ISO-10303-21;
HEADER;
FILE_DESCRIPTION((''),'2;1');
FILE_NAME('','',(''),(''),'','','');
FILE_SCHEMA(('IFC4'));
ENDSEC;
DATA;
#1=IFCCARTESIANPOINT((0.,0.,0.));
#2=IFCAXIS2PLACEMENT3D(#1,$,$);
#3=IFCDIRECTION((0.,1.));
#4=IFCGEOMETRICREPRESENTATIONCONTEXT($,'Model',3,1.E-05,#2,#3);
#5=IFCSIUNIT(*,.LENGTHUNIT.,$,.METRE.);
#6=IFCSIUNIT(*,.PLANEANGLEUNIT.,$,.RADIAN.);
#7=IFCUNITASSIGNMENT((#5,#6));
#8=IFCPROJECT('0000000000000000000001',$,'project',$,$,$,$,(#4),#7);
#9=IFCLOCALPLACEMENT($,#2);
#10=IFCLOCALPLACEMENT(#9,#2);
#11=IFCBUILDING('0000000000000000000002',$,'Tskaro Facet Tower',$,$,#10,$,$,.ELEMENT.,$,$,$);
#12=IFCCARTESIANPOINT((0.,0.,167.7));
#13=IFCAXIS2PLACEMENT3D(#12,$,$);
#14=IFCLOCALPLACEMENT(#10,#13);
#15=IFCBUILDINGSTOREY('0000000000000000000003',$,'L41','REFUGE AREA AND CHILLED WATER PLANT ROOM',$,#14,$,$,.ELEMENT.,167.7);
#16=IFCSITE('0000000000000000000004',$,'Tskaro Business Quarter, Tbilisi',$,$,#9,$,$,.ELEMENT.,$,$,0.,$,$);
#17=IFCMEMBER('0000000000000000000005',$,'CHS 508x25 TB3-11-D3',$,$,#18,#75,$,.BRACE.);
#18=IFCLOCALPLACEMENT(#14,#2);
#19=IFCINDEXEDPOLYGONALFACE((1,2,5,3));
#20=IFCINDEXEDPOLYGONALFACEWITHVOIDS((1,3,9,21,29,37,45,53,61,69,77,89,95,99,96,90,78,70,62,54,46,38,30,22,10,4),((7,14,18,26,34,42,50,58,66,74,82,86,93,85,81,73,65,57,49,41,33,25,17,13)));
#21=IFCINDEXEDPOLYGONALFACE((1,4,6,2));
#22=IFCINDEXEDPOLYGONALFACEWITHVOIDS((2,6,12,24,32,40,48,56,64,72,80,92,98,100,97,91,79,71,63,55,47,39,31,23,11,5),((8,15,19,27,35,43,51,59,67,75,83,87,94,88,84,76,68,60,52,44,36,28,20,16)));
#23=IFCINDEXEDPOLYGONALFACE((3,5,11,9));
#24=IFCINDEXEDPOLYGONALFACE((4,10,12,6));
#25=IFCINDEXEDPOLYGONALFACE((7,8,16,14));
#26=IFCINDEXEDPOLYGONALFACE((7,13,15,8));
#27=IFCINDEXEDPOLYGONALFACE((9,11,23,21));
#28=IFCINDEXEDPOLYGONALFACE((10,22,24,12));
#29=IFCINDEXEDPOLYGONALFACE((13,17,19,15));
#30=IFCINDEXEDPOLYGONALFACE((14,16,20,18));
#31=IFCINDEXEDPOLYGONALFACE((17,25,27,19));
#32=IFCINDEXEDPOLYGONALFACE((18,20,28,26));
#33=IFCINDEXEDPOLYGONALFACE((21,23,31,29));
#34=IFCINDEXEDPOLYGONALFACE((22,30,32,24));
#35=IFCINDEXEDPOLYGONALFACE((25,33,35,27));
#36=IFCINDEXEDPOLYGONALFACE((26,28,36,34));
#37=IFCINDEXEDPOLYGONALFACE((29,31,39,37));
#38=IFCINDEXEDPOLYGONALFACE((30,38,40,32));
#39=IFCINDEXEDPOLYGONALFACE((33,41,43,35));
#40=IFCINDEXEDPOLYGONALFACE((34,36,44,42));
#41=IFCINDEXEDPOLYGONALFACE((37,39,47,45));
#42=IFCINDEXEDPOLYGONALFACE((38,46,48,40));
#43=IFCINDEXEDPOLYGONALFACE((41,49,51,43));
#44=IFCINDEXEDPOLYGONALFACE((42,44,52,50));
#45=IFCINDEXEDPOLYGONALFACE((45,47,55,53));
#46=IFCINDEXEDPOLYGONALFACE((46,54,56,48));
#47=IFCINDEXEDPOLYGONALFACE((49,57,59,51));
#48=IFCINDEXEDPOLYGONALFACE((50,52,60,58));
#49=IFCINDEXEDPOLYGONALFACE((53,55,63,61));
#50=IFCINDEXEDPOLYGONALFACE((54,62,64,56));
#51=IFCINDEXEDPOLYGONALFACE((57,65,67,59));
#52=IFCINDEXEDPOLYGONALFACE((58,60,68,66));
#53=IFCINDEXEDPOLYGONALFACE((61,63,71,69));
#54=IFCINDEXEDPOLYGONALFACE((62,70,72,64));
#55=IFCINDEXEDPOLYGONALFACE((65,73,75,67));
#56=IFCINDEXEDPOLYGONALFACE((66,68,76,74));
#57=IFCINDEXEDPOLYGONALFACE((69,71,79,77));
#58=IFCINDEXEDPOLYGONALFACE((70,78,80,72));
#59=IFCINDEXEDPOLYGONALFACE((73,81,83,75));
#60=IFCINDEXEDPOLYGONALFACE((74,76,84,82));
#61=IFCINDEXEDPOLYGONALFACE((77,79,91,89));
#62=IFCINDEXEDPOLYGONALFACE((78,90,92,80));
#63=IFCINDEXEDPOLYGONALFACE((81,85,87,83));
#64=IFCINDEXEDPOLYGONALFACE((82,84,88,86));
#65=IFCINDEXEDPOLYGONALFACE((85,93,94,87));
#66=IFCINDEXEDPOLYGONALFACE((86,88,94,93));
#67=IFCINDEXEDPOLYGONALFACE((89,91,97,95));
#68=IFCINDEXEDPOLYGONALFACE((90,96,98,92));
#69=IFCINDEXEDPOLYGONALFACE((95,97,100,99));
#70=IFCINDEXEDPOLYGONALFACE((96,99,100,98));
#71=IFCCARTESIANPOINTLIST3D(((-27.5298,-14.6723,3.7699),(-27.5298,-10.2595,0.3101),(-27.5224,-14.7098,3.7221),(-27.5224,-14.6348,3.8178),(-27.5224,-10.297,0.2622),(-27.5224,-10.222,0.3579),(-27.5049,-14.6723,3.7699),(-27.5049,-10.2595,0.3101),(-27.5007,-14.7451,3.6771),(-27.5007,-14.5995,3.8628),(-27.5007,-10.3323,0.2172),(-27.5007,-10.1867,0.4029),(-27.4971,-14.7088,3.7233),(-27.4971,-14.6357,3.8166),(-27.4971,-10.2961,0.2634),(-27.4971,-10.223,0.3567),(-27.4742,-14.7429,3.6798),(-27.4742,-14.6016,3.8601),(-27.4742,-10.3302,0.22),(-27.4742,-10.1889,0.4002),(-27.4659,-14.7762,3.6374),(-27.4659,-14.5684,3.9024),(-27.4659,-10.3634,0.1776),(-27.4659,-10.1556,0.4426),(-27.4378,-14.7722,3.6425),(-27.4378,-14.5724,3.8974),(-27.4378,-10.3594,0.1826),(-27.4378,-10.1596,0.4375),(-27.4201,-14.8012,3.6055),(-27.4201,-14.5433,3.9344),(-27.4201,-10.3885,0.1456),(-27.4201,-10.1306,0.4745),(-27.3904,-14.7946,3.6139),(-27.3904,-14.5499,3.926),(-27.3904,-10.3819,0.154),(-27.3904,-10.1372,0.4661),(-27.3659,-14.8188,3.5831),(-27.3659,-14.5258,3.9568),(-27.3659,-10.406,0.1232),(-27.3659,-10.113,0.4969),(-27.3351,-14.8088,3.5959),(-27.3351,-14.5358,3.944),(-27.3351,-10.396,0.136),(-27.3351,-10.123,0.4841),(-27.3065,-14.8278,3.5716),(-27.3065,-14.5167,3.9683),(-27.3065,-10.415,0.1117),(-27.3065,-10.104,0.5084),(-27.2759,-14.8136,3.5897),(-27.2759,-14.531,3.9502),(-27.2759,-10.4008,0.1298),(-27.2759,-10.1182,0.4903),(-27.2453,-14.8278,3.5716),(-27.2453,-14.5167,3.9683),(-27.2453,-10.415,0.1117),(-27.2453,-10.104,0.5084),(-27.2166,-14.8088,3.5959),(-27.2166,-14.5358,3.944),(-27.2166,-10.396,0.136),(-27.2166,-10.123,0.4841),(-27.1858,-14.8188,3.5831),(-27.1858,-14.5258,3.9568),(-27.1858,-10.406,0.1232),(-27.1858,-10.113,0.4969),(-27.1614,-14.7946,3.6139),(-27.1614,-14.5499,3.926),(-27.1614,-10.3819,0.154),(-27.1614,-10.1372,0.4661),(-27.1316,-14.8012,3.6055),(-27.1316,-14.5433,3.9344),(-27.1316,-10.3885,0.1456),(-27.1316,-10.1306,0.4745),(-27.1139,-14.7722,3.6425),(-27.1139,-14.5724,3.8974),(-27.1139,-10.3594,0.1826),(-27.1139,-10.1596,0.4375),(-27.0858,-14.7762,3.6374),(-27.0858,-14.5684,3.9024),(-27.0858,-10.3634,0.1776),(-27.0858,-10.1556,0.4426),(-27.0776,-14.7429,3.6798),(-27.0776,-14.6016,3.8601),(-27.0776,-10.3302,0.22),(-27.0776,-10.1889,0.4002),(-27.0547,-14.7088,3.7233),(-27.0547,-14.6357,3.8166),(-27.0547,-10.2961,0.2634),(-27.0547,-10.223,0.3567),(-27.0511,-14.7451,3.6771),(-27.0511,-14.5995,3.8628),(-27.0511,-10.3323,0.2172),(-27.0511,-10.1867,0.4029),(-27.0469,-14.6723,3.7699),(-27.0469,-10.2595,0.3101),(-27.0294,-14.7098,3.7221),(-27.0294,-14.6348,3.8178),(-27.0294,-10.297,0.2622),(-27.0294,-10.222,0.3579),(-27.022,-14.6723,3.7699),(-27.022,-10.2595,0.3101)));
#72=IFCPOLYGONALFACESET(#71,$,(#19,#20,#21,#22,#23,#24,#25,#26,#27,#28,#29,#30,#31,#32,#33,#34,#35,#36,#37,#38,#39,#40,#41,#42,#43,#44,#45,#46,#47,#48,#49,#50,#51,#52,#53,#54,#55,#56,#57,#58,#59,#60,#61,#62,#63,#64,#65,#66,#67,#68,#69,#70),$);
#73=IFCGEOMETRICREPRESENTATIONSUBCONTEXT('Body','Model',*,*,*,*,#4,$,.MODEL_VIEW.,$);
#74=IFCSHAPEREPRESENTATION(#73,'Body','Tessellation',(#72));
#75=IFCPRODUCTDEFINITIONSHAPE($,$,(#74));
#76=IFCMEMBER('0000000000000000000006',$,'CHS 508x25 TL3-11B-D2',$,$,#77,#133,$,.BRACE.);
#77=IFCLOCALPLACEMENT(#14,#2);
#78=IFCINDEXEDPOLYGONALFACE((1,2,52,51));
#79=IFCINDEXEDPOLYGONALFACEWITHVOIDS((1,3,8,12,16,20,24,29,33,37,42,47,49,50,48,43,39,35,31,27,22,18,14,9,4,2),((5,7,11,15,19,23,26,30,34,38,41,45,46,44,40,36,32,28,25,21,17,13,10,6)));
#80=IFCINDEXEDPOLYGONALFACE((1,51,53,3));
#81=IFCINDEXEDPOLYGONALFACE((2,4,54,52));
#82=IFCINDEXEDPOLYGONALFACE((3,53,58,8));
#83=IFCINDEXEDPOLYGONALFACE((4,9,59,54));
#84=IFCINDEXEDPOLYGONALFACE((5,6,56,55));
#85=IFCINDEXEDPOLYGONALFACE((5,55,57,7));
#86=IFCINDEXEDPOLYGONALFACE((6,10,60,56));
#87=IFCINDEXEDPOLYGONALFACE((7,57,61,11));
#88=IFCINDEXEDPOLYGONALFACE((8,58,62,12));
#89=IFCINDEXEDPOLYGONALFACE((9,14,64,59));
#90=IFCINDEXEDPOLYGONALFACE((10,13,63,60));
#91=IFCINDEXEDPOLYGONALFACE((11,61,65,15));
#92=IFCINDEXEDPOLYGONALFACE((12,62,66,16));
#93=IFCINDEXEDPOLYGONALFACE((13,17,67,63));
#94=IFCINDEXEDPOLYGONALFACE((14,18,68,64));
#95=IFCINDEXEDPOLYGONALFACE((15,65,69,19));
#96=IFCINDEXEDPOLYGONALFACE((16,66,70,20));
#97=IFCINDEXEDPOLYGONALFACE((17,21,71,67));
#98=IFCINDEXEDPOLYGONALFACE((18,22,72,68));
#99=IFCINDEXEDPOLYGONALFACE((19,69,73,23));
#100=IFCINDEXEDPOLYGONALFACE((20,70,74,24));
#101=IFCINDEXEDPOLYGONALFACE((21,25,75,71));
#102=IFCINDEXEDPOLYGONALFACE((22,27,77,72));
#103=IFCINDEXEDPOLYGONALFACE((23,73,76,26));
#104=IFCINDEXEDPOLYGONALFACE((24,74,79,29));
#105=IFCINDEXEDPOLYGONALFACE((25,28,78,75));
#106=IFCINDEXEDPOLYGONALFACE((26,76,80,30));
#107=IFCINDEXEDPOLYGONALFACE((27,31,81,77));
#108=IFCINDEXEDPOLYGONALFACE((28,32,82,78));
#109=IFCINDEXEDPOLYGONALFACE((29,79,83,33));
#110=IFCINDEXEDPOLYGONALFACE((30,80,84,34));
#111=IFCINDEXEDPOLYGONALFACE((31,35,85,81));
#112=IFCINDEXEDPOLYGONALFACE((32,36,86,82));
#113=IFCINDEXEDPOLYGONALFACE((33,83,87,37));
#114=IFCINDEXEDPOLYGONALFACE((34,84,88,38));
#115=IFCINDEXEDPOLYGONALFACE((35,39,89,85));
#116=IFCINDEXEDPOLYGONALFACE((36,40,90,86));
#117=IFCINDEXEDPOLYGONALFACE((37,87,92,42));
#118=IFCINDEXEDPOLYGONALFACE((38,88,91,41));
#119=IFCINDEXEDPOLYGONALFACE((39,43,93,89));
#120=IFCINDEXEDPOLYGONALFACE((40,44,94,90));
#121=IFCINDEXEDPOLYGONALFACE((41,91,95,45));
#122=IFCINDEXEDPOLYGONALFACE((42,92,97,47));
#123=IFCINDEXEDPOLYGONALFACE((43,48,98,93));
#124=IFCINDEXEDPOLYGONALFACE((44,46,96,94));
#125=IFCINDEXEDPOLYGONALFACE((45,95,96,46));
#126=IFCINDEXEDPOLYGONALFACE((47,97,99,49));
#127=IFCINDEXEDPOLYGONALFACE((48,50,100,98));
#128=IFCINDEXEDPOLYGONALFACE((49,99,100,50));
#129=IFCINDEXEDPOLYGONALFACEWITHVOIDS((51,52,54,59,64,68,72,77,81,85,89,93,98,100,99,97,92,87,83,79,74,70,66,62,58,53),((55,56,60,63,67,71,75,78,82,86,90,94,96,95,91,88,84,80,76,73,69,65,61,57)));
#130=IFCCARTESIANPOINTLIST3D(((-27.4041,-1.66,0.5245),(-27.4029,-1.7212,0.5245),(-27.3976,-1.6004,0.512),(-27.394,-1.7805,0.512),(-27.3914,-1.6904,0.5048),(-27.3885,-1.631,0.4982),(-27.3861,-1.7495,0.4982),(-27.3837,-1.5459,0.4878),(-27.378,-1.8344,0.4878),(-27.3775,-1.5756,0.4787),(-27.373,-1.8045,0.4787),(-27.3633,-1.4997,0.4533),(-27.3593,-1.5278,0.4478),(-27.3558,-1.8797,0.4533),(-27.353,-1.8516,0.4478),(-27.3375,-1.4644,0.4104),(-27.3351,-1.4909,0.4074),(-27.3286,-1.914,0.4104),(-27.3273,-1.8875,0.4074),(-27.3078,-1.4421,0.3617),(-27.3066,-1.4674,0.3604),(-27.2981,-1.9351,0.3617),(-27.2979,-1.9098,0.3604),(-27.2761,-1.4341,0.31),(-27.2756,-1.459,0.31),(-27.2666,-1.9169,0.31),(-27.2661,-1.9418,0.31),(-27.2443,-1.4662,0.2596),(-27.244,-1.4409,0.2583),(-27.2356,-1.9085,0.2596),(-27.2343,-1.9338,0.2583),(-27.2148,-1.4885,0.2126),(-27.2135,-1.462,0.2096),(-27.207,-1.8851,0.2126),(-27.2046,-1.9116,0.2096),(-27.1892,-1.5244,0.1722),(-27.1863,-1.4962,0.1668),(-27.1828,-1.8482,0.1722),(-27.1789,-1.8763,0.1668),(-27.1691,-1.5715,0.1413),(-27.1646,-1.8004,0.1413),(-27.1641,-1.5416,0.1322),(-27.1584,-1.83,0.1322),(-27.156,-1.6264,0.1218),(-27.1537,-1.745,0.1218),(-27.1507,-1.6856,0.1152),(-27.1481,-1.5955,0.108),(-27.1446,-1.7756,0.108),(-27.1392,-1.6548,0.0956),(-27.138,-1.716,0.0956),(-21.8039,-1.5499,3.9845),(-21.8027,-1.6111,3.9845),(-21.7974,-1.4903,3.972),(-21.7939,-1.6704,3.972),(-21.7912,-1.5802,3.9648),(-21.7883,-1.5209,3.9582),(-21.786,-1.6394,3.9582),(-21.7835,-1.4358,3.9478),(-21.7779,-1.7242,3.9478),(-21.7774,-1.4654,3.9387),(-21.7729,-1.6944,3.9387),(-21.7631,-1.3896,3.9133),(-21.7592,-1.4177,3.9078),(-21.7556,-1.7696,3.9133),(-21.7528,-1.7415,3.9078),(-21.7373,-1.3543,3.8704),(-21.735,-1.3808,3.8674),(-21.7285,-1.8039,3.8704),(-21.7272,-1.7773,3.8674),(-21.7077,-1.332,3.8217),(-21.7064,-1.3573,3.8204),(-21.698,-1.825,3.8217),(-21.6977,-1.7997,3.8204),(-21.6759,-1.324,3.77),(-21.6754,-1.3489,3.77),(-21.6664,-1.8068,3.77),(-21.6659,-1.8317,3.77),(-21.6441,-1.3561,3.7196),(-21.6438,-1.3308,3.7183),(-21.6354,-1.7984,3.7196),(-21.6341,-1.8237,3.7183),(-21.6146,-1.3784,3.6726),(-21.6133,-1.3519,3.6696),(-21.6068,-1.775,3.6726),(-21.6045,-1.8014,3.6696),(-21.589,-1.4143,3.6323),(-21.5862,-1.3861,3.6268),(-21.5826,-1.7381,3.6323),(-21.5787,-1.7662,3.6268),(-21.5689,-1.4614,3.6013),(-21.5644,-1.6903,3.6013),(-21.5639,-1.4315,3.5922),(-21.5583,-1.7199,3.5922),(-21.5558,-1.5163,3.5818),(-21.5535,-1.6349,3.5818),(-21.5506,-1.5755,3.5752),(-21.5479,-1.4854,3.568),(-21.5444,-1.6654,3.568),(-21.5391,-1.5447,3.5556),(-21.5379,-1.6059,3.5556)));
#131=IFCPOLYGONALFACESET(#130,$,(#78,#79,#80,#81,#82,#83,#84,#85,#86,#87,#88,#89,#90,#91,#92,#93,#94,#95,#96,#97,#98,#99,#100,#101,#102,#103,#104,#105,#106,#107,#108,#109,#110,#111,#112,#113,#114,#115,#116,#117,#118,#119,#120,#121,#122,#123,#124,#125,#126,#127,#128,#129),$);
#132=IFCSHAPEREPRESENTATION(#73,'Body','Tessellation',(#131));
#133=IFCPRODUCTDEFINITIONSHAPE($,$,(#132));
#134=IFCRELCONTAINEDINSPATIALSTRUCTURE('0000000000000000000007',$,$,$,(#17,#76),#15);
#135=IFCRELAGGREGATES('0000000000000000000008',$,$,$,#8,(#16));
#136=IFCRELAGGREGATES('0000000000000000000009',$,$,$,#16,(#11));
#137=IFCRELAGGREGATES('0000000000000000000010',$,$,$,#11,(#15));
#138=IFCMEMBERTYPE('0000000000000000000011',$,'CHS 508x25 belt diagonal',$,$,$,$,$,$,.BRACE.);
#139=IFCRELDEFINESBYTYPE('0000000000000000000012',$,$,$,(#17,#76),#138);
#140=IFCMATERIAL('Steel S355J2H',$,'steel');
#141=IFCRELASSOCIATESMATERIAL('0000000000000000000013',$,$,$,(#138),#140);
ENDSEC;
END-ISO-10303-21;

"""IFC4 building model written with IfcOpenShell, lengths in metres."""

from ifc_helpers import new_model, si_unit, direction, frame, origin, origin_2d, place, context, subcontext, project, spatial, hollow_circle, extrude, material, material_profile, profile_set, type_object, element, save


model = new_model("IFC4")

# Units and contexts
model_context = context("Model", 3, precision=1e-05, world=origin(), true_north=direction((0.0, 1.0)))
body_context = subcontext(model_context, "Body", "Model", "MODEL_VIEW")
ifc_project = project(units=[si_unit("LENGTHUNIT", "METRE"), si_unit("PLANEANGLEUNIT", "RADIAN")], contexts=[model_context])

# Site, building, storey
site_placement = place(None, origin())
site = spatial("IfcSite", under=ifc_project, at=site_placement, Name="Tskaro Business Quarter, Tbilisi", CompositionType="ELEMENT", RefElevation=0.0)
building_placement = place(site_placement, origin())
building = spatial("IfcBuilding", under=site, at=building_placement, Name="Tskaro Facet Tower", CompositionType="ELEMENT")
storey_placement = place(building_placement, frame((0.0, 0.0, 167.7)))
storey = spatial("IfcBuildingStorey", under=building, at=storey_placement, Name="L41", Description="REFUGE AREA AND CHILLED WATER PLANT ROOM", CompositionType="ELEMENT", Elevation=167.7)

# Shared definitions
ifc_material_1 = material(Name="Steel S355J2H", Category="steel")

# Members
ifc_material_profile_1 = material_profile(ifc_material_1, hollow_circle(Radius=0.2539, WallThickness=0.0249, at=origin_2d()), Name="CHS 508x25")
ifc_profile_set_1 = profile_set([ifc_material_profile_1], Name="Steel S355J2H")
member_type_1 = type_object("IfcMemberType", Name="CHS 508x25 belt diagonal", PredefinedType="BRACE", material=ifc_profile_set_1)
for number, where, z_axis, x_axis, name in (
    (1, (-27.2759, -10.2595, 0.3101), (0.0, -0.786948, 0.617019), (1.0, 0.0, 0.0), "CHS 508x25 TB3-11-D3"),
):
    element("IfcMember", number, at=place(storey_placement, frame(where, z_axis=z_axis, x_axis=x_axis)), inside=storey, type_object=member_type_1, Name=name, PredefinedType="BRACE", context=body_context, shape_type="SweptSolid", body=[
        extrude(hollow_circle(Radius=0.2539, WallThickness=0.0249, at=origin_2d()), origin(), (0.0, 0.0, 1.0), 5.6074),
    ])
member_1_placement = place(storey_placement, frame((-21.6709, -1.5779, 3.77), z_axis=(-0.850606, -0.016724, -0.525538), x_axis=(0.019658, -0.999807, 0.0)))
element("IfcMember", 2, at=member_1_placement, inside=storey, type_object=member_type_1, Name="CHS 508x25 TL3-11B-D2", PredefinedType="BRACE", context=body_context, shape_type="SweptSolid", body=[
    extrude(hollow_circle(Radius=0.2539, WallThickness=0.0249, at=origin_2d()), origin(), (0.0, 0.0, 1.0), 6.5837),
])

save(model, "model.ifc")
